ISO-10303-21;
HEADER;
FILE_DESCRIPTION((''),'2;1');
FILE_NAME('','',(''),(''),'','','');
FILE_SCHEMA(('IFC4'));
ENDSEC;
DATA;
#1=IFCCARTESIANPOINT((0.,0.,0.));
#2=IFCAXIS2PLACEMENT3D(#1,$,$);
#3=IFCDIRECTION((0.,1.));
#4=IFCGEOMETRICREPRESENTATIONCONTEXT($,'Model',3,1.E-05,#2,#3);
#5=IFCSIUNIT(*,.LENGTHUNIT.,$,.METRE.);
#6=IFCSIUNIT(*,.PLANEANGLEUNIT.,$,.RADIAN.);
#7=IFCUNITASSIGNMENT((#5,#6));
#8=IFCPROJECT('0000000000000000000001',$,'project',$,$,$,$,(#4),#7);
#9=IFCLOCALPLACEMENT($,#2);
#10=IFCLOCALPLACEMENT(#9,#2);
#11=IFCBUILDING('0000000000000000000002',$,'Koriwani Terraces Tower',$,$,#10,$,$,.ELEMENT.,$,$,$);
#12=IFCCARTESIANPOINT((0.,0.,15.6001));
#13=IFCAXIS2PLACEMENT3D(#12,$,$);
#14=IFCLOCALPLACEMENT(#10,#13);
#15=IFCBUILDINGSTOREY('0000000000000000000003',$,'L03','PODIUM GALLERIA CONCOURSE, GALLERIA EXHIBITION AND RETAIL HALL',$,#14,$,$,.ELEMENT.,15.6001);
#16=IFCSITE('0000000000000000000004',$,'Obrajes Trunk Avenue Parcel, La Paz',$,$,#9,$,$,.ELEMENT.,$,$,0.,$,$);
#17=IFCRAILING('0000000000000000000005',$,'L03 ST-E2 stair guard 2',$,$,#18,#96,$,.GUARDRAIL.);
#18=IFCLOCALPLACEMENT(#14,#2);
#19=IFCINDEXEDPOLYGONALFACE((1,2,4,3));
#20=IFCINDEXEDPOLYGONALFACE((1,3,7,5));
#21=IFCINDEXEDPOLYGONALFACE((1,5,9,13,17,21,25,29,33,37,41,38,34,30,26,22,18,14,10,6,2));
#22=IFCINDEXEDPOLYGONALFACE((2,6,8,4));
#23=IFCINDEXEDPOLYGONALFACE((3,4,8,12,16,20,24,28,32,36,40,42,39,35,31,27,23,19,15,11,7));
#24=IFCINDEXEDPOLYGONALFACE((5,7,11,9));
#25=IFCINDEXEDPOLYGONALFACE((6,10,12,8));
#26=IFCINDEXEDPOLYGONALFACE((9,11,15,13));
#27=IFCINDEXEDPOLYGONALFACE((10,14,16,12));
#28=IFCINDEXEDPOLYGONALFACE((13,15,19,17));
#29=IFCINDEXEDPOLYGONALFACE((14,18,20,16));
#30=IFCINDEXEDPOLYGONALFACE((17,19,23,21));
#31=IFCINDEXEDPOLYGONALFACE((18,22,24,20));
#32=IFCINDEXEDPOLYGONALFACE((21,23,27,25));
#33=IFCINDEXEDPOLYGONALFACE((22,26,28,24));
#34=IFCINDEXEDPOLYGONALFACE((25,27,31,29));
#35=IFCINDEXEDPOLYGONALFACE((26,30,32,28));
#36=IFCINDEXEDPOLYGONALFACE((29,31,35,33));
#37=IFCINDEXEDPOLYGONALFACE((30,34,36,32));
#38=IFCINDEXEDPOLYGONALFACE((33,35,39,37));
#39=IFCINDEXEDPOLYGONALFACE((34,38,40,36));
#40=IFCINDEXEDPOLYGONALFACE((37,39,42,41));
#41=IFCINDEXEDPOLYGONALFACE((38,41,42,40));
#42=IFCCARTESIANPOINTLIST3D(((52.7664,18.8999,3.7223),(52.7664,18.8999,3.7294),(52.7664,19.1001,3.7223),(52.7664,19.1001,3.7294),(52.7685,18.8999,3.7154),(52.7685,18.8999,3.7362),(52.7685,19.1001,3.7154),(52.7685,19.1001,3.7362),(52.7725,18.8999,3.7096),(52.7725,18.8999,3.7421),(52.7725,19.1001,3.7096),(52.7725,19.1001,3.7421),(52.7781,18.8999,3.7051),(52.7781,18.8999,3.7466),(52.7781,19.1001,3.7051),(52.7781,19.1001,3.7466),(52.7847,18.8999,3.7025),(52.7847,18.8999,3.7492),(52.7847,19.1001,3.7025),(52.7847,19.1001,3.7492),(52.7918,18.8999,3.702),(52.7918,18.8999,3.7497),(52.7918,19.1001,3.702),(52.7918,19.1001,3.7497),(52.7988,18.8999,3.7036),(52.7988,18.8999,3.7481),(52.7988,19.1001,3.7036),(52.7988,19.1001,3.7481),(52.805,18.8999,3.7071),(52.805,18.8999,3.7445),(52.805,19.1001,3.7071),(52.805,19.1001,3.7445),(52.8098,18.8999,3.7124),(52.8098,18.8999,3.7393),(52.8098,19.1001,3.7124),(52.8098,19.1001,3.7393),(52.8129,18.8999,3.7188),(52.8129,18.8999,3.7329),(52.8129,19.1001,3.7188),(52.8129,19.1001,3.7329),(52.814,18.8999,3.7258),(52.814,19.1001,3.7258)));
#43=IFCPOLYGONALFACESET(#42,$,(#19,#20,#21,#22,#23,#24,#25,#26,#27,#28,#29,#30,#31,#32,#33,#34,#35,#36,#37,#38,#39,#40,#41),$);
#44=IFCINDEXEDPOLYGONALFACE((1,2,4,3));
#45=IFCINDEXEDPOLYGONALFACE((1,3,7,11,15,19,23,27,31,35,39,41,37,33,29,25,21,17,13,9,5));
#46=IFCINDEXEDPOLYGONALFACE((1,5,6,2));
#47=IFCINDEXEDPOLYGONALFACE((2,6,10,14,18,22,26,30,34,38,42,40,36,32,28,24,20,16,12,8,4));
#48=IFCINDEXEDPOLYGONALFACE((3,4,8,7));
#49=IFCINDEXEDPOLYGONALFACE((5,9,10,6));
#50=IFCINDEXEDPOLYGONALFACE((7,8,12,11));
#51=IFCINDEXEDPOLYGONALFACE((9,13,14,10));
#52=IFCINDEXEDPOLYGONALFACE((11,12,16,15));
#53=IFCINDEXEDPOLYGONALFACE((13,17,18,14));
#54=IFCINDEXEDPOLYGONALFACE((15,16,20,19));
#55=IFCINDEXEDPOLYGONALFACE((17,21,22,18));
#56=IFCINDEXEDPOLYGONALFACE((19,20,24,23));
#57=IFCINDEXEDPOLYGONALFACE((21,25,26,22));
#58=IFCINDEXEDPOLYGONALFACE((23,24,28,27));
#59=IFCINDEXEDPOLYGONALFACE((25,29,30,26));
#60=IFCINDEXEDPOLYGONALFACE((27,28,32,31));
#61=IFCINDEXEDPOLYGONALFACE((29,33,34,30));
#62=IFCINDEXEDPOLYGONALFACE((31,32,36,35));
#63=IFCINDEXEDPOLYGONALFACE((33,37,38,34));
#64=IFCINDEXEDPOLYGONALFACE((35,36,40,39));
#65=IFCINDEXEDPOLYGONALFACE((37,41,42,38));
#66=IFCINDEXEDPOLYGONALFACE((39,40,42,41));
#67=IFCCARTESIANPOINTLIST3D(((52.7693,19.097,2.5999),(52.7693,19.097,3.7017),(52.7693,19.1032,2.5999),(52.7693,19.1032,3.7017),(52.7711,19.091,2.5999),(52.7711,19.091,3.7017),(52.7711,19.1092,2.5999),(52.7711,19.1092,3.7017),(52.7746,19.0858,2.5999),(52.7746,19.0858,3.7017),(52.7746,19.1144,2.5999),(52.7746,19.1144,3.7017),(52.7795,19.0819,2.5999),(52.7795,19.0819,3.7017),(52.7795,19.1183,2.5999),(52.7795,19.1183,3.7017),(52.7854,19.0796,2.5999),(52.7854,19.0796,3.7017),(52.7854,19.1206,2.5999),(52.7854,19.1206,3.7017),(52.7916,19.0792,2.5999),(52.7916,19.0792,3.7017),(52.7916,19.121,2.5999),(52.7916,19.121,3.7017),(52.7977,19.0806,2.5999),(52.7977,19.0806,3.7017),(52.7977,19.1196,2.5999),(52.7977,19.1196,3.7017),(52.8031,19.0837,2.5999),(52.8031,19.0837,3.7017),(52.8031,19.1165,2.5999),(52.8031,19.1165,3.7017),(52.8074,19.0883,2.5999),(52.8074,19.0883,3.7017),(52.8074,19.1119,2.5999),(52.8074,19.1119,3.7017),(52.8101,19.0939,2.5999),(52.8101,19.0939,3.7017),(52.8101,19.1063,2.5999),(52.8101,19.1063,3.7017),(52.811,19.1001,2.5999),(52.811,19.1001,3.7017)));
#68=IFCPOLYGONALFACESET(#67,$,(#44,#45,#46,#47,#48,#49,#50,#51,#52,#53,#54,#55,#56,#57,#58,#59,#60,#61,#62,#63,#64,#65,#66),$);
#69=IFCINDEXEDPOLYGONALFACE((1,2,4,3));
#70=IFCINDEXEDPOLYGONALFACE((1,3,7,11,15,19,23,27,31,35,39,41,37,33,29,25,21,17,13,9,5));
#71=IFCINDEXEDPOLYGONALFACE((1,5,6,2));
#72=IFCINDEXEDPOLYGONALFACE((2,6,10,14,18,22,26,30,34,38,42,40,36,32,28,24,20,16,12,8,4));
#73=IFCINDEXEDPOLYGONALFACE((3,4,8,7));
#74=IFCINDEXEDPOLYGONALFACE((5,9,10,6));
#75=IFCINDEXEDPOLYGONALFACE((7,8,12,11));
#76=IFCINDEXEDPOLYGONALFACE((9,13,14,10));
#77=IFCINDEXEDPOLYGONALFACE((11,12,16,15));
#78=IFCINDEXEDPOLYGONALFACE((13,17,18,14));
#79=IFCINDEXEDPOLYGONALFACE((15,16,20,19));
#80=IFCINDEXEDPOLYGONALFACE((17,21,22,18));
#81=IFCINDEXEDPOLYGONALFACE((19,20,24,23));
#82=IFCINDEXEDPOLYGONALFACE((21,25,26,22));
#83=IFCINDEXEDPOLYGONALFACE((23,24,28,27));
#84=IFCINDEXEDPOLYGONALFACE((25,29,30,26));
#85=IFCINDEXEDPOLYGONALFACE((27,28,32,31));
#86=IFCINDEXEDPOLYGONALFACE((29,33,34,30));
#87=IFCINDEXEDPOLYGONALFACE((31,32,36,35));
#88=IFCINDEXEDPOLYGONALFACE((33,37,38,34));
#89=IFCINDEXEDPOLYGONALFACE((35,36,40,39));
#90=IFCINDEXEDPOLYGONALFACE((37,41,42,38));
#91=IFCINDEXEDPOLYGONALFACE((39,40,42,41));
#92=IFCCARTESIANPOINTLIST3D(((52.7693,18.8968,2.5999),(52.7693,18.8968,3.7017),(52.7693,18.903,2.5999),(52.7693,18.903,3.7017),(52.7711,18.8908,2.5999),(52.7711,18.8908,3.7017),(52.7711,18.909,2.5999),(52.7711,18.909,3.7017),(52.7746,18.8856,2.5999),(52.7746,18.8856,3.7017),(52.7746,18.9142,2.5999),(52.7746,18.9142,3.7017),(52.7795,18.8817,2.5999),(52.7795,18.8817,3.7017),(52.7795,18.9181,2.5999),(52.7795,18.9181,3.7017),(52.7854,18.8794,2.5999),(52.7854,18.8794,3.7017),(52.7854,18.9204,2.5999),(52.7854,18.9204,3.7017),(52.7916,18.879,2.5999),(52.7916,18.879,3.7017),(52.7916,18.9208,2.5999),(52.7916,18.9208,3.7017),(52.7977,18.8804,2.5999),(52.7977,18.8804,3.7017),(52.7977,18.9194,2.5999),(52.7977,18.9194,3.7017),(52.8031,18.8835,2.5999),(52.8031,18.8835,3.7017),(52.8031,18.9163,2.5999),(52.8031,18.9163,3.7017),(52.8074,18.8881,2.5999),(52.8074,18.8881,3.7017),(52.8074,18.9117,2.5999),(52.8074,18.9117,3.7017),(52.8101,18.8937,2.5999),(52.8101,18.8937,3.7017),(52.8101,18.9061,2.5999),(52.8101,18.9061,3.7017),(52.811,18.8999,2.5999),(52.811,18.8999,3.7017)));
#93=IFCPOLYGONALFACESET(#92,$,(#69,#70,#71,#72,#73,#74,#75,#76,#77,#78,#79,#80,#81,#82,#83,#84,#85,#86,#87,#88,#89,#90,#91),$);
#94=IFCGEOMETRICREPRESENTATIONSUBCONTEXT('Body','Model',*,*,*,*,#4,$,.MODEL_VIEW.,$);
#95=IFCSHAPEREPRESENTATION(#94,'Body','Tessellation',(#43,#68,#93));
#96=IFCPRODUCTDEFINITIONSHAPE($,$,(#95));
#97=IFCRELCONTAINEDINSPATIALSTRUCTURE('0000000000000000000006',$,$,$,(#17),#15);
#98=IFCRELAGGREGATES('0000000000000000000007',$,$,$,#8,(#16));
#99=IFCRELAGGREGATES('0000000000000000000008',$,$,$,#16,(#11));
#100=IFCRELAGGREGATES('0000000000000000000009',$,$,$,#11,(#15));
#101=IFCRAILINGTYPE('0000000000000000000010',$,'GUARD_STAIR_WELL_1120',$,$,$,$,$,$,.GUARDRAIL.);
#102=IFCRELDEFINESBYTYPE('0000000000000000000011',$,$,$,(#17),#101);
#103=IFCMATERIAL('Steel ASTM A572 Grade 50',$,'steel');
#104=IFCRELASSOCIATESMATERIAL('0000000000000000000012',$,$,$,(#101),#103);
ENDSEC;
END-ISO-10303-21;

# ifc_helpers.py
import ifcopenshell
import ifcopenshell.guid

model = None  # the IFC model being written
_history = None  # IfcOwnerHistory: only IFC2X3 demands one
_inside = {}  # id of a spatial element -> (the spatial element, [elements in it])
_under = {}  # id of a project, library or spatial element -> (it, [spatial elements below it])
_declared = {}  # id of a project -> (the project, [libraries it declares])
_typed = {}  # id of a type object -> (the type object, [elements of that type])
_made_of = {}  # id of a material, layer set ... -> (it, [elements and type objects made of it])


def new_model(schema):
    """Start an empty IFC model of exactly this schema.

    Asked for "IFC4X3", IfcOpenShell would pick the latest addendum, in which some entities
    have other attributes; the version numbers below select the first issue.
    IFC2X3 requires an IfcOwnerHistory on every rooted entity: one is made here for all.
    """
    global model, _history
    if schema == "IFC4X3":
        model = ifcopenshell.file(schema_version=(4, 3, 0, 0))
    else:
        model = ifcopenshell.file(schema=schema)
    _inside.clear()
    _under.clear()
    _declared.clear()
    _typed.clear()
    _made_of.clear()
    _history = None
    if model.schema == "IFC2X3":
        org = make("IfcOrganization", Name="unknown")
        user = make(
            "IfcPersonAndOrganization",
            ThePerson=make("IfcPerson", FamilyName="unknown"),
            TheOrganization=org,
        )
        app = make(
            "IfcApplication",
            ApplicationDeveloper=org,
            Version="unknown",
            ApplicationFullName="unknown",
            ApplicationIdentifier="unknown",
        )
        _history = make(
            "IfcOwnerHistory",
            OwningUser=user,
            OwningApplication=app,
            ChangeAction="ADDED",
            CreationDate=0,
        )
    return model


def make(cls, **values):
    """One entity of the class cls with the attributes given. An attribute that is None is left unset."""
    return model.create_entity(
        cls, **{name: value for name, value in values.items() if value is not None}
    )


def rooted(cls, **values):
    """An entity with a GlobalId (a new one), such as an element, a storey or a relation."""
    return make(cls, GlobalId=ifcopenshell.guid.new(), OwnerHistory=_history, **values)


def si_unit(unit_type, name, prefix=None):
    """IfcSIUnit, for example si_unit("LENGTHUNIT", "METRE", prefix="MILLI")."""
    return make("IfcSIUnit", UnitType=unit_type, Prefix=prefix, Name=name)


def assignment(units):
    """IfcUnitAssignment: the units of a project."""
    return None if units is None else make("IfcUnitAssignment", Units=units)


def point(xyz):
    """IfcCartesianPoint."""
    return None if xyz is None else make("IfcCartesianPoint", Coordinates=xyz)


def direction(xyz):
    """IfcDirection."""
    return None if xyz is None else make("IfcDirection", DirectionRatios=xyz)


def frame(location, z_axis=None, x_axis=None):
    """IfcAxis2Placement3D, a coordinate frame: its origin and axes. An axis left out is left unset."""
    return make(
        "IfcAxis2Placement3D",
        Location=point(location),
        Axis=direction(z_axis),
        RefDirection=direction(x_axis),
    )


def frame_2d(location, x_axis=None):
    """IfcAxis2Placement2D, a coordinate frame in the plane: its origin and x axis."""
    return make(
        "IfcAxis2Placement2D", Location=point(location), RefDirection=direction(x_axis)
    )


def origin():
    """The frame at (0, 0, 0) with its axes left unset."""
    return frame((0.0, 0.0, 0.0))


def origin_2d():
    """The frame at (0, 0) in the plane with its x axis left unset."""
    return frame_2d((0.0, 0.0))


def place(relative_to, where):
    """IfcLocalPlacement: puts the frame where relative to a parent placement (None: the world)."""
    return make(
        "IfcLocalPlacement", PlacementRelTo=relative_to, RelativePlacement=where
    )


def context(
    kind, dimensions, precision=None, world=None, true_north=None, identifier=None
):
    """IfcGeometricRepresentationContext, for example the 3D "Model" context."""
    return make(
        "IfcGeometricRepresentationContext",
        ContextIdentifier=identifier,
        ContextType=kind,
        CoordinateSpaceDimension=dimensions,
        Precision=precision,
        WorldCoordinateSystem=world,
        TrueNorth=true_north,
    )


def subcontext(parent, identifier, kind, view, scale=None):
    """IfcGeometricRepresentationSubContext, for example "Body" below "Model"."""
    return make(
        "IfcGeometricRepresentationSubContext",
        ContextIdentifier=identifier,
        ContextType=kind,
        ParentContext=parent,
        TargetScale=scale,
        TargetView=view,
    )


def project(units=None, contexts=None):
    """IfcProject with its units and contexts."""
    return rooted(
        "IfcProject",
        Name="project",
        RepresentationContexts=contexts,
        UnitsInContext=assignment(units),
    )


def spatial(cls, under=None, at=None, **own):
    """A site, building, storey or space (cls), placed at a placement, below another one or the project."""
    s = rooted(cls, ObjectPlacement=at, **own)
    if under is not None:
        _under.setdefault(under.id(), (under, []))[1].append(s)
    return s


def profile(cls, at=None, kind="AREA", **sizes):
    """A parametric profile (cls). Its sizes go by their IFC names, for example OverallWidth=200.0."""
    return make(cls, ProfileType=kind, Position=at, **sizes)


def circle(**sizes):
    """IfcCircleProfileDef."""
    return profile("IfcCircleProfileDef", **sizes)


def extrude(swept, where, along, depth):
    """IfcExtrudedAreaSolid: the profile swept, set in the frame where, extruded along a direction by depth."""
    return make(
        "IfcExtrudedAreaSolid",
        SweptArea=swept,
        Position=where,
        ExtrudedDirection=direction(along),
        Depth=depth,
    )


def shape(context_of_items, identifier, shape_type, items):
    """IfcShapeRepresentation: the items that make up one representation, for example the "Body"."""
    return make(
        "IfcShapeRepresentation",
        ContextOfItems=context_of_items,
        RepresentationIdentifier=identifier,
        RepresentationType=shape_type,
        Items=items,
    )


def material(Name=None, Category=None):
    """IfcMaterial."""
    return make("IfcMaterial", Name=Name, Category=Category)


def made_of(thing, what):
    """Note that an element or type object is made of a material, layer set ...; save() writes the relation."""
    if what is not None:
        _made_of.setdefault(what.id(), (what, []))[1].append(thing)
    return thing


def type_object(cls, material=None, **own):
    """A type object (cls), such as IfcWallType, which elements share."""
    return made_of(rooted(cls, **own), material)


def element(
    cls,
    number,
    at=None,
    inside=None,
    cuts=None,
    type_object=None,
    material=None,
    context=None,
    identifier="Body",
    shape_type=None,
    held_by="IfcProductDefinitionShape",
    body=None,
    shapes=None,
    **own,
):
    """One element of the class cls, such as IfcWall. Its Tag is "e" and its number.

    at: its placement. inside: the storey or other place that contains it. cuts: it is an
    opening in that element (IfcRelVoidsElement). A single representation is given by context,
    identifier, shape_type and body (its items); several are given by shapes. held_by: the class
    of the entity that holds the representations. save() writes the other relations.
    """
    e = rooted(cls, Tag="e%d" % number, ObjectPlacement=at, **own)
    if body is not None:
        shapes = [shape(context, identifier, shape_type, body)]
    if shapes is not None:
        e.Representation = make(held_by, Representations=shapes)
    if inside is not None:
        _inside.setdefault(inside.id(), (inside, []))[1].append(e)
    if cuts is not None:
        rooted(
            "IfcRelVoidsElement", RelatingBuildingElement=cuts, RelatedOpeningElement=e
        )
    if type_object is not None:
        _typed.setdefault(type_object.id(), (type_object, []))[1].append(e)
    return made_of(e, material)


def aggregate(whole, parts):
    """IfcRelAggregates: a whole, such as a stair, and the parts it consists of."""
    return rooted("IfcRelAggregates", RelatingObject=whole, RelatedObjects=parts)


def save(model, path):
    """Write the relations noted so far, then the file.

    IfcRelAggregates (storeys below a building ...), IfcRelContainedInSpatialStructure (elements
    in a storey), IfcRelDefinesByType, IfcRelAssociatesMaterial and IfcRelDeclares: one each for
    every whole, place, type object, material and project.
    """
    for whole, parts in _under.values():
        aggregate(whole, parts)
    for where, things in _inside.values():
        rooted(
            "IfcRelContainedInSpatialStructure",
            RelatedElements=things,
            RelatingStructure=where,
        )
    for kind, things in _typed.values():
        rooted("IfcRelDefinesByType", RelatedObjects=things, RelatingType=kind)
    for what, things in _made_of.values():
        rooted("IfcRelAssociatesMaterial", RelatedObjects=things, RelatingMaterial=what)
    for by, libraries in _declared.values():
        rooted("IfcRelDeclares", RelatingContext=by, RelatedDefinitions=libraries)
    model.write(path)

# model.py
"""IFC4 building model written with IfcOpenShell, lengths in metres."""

from ifc_helpers import new_model, si_unit, direction, frame, origin, origin_2d, place, context, subcontext, project, spatial, circle, extrude, material, type_object, element, save


model = new_model("IFC4")

# Units and contexts
model_context = context("Model", 3, precision=1e-05, world=origin(), true_north=direction((0.0, 1.0)))
body_context = subcontext(model_context, "Body", "Model", "MODEL_VIEW")
ifc_project = project(units=[si_unit("LENGTHUNIT", "METRE"), si_unit("PLANEANGLEUNIT", "RADIAN")], contexts=[model_context])

# Site, building, storey
site_placement = place(None, origin())
site = spatial("IfcSite", under=ifc_project, at=site_placement, Name="Obrajes Trunk Avenue Parcel, La Paz", CompositionType="ELEMENT", RefElevation=0.0)
building_placement = place(site_placement, origin())
building = spatial("IfcBuilding", under=site, at=building_placement, Name="Koriwani Terraces Tower", CompositionType="ELEMENT")
storey_placement = place(building_placement, frame((0.0, 0.0, 15.6001)))
storey = spatial("IfcBuildingStorey", under=building, at=storey_placement, Name="L03", Description="PODIUM GALLERIA CONCOURSE, GALLERIA EXHIBITION AND RETAIL HALL", CompositionType="ELEMENT", Elevation=15.6001)

# Shared definitions
ifc_material_1 = material(Name="Steel ASTM A572 Grade 50", Category="steel")

# Railing
railing_type_1 = type_object("IfcRailingType", Name="GUARD_STAIR_WELL_1120", PredefinedType="GUARDRAIL", material=ifc_material_1)
railing_1_placement = place(storey_placement, frame((52.79, 19.1001, 2.5999)))
element("IfcRailing", 1, at=railing_1_placement, inside=storey, type_object=railing_type_1, Name="L03 ST-E2 stair guard 2", PredefinedType="GUARDRAIL", context=body_context, shape_type="SweptSolid", body=[
    extrude(circle(Radius=0.0239, at=origin_2d()), frame((0.0, 0.0, 1.126), z_axis=(0.0, -1.0, 0.0), x_axis=(1.0, 0.0, 0.0)), (0.0, 0.0, 1.0), 0.2002),
    extrude(circle(Radius=0.021, at=origin_2d()), origin(), (0.0, 0.0, 1.0), 1.1018),
    extrude(circle(Radius=0.021, at=origin_2d()), frame((0.0, -0.2002, 0.0)), (0.0, 0.0, 1.0), 1.1018),
])

save(model, "model.ifc")
